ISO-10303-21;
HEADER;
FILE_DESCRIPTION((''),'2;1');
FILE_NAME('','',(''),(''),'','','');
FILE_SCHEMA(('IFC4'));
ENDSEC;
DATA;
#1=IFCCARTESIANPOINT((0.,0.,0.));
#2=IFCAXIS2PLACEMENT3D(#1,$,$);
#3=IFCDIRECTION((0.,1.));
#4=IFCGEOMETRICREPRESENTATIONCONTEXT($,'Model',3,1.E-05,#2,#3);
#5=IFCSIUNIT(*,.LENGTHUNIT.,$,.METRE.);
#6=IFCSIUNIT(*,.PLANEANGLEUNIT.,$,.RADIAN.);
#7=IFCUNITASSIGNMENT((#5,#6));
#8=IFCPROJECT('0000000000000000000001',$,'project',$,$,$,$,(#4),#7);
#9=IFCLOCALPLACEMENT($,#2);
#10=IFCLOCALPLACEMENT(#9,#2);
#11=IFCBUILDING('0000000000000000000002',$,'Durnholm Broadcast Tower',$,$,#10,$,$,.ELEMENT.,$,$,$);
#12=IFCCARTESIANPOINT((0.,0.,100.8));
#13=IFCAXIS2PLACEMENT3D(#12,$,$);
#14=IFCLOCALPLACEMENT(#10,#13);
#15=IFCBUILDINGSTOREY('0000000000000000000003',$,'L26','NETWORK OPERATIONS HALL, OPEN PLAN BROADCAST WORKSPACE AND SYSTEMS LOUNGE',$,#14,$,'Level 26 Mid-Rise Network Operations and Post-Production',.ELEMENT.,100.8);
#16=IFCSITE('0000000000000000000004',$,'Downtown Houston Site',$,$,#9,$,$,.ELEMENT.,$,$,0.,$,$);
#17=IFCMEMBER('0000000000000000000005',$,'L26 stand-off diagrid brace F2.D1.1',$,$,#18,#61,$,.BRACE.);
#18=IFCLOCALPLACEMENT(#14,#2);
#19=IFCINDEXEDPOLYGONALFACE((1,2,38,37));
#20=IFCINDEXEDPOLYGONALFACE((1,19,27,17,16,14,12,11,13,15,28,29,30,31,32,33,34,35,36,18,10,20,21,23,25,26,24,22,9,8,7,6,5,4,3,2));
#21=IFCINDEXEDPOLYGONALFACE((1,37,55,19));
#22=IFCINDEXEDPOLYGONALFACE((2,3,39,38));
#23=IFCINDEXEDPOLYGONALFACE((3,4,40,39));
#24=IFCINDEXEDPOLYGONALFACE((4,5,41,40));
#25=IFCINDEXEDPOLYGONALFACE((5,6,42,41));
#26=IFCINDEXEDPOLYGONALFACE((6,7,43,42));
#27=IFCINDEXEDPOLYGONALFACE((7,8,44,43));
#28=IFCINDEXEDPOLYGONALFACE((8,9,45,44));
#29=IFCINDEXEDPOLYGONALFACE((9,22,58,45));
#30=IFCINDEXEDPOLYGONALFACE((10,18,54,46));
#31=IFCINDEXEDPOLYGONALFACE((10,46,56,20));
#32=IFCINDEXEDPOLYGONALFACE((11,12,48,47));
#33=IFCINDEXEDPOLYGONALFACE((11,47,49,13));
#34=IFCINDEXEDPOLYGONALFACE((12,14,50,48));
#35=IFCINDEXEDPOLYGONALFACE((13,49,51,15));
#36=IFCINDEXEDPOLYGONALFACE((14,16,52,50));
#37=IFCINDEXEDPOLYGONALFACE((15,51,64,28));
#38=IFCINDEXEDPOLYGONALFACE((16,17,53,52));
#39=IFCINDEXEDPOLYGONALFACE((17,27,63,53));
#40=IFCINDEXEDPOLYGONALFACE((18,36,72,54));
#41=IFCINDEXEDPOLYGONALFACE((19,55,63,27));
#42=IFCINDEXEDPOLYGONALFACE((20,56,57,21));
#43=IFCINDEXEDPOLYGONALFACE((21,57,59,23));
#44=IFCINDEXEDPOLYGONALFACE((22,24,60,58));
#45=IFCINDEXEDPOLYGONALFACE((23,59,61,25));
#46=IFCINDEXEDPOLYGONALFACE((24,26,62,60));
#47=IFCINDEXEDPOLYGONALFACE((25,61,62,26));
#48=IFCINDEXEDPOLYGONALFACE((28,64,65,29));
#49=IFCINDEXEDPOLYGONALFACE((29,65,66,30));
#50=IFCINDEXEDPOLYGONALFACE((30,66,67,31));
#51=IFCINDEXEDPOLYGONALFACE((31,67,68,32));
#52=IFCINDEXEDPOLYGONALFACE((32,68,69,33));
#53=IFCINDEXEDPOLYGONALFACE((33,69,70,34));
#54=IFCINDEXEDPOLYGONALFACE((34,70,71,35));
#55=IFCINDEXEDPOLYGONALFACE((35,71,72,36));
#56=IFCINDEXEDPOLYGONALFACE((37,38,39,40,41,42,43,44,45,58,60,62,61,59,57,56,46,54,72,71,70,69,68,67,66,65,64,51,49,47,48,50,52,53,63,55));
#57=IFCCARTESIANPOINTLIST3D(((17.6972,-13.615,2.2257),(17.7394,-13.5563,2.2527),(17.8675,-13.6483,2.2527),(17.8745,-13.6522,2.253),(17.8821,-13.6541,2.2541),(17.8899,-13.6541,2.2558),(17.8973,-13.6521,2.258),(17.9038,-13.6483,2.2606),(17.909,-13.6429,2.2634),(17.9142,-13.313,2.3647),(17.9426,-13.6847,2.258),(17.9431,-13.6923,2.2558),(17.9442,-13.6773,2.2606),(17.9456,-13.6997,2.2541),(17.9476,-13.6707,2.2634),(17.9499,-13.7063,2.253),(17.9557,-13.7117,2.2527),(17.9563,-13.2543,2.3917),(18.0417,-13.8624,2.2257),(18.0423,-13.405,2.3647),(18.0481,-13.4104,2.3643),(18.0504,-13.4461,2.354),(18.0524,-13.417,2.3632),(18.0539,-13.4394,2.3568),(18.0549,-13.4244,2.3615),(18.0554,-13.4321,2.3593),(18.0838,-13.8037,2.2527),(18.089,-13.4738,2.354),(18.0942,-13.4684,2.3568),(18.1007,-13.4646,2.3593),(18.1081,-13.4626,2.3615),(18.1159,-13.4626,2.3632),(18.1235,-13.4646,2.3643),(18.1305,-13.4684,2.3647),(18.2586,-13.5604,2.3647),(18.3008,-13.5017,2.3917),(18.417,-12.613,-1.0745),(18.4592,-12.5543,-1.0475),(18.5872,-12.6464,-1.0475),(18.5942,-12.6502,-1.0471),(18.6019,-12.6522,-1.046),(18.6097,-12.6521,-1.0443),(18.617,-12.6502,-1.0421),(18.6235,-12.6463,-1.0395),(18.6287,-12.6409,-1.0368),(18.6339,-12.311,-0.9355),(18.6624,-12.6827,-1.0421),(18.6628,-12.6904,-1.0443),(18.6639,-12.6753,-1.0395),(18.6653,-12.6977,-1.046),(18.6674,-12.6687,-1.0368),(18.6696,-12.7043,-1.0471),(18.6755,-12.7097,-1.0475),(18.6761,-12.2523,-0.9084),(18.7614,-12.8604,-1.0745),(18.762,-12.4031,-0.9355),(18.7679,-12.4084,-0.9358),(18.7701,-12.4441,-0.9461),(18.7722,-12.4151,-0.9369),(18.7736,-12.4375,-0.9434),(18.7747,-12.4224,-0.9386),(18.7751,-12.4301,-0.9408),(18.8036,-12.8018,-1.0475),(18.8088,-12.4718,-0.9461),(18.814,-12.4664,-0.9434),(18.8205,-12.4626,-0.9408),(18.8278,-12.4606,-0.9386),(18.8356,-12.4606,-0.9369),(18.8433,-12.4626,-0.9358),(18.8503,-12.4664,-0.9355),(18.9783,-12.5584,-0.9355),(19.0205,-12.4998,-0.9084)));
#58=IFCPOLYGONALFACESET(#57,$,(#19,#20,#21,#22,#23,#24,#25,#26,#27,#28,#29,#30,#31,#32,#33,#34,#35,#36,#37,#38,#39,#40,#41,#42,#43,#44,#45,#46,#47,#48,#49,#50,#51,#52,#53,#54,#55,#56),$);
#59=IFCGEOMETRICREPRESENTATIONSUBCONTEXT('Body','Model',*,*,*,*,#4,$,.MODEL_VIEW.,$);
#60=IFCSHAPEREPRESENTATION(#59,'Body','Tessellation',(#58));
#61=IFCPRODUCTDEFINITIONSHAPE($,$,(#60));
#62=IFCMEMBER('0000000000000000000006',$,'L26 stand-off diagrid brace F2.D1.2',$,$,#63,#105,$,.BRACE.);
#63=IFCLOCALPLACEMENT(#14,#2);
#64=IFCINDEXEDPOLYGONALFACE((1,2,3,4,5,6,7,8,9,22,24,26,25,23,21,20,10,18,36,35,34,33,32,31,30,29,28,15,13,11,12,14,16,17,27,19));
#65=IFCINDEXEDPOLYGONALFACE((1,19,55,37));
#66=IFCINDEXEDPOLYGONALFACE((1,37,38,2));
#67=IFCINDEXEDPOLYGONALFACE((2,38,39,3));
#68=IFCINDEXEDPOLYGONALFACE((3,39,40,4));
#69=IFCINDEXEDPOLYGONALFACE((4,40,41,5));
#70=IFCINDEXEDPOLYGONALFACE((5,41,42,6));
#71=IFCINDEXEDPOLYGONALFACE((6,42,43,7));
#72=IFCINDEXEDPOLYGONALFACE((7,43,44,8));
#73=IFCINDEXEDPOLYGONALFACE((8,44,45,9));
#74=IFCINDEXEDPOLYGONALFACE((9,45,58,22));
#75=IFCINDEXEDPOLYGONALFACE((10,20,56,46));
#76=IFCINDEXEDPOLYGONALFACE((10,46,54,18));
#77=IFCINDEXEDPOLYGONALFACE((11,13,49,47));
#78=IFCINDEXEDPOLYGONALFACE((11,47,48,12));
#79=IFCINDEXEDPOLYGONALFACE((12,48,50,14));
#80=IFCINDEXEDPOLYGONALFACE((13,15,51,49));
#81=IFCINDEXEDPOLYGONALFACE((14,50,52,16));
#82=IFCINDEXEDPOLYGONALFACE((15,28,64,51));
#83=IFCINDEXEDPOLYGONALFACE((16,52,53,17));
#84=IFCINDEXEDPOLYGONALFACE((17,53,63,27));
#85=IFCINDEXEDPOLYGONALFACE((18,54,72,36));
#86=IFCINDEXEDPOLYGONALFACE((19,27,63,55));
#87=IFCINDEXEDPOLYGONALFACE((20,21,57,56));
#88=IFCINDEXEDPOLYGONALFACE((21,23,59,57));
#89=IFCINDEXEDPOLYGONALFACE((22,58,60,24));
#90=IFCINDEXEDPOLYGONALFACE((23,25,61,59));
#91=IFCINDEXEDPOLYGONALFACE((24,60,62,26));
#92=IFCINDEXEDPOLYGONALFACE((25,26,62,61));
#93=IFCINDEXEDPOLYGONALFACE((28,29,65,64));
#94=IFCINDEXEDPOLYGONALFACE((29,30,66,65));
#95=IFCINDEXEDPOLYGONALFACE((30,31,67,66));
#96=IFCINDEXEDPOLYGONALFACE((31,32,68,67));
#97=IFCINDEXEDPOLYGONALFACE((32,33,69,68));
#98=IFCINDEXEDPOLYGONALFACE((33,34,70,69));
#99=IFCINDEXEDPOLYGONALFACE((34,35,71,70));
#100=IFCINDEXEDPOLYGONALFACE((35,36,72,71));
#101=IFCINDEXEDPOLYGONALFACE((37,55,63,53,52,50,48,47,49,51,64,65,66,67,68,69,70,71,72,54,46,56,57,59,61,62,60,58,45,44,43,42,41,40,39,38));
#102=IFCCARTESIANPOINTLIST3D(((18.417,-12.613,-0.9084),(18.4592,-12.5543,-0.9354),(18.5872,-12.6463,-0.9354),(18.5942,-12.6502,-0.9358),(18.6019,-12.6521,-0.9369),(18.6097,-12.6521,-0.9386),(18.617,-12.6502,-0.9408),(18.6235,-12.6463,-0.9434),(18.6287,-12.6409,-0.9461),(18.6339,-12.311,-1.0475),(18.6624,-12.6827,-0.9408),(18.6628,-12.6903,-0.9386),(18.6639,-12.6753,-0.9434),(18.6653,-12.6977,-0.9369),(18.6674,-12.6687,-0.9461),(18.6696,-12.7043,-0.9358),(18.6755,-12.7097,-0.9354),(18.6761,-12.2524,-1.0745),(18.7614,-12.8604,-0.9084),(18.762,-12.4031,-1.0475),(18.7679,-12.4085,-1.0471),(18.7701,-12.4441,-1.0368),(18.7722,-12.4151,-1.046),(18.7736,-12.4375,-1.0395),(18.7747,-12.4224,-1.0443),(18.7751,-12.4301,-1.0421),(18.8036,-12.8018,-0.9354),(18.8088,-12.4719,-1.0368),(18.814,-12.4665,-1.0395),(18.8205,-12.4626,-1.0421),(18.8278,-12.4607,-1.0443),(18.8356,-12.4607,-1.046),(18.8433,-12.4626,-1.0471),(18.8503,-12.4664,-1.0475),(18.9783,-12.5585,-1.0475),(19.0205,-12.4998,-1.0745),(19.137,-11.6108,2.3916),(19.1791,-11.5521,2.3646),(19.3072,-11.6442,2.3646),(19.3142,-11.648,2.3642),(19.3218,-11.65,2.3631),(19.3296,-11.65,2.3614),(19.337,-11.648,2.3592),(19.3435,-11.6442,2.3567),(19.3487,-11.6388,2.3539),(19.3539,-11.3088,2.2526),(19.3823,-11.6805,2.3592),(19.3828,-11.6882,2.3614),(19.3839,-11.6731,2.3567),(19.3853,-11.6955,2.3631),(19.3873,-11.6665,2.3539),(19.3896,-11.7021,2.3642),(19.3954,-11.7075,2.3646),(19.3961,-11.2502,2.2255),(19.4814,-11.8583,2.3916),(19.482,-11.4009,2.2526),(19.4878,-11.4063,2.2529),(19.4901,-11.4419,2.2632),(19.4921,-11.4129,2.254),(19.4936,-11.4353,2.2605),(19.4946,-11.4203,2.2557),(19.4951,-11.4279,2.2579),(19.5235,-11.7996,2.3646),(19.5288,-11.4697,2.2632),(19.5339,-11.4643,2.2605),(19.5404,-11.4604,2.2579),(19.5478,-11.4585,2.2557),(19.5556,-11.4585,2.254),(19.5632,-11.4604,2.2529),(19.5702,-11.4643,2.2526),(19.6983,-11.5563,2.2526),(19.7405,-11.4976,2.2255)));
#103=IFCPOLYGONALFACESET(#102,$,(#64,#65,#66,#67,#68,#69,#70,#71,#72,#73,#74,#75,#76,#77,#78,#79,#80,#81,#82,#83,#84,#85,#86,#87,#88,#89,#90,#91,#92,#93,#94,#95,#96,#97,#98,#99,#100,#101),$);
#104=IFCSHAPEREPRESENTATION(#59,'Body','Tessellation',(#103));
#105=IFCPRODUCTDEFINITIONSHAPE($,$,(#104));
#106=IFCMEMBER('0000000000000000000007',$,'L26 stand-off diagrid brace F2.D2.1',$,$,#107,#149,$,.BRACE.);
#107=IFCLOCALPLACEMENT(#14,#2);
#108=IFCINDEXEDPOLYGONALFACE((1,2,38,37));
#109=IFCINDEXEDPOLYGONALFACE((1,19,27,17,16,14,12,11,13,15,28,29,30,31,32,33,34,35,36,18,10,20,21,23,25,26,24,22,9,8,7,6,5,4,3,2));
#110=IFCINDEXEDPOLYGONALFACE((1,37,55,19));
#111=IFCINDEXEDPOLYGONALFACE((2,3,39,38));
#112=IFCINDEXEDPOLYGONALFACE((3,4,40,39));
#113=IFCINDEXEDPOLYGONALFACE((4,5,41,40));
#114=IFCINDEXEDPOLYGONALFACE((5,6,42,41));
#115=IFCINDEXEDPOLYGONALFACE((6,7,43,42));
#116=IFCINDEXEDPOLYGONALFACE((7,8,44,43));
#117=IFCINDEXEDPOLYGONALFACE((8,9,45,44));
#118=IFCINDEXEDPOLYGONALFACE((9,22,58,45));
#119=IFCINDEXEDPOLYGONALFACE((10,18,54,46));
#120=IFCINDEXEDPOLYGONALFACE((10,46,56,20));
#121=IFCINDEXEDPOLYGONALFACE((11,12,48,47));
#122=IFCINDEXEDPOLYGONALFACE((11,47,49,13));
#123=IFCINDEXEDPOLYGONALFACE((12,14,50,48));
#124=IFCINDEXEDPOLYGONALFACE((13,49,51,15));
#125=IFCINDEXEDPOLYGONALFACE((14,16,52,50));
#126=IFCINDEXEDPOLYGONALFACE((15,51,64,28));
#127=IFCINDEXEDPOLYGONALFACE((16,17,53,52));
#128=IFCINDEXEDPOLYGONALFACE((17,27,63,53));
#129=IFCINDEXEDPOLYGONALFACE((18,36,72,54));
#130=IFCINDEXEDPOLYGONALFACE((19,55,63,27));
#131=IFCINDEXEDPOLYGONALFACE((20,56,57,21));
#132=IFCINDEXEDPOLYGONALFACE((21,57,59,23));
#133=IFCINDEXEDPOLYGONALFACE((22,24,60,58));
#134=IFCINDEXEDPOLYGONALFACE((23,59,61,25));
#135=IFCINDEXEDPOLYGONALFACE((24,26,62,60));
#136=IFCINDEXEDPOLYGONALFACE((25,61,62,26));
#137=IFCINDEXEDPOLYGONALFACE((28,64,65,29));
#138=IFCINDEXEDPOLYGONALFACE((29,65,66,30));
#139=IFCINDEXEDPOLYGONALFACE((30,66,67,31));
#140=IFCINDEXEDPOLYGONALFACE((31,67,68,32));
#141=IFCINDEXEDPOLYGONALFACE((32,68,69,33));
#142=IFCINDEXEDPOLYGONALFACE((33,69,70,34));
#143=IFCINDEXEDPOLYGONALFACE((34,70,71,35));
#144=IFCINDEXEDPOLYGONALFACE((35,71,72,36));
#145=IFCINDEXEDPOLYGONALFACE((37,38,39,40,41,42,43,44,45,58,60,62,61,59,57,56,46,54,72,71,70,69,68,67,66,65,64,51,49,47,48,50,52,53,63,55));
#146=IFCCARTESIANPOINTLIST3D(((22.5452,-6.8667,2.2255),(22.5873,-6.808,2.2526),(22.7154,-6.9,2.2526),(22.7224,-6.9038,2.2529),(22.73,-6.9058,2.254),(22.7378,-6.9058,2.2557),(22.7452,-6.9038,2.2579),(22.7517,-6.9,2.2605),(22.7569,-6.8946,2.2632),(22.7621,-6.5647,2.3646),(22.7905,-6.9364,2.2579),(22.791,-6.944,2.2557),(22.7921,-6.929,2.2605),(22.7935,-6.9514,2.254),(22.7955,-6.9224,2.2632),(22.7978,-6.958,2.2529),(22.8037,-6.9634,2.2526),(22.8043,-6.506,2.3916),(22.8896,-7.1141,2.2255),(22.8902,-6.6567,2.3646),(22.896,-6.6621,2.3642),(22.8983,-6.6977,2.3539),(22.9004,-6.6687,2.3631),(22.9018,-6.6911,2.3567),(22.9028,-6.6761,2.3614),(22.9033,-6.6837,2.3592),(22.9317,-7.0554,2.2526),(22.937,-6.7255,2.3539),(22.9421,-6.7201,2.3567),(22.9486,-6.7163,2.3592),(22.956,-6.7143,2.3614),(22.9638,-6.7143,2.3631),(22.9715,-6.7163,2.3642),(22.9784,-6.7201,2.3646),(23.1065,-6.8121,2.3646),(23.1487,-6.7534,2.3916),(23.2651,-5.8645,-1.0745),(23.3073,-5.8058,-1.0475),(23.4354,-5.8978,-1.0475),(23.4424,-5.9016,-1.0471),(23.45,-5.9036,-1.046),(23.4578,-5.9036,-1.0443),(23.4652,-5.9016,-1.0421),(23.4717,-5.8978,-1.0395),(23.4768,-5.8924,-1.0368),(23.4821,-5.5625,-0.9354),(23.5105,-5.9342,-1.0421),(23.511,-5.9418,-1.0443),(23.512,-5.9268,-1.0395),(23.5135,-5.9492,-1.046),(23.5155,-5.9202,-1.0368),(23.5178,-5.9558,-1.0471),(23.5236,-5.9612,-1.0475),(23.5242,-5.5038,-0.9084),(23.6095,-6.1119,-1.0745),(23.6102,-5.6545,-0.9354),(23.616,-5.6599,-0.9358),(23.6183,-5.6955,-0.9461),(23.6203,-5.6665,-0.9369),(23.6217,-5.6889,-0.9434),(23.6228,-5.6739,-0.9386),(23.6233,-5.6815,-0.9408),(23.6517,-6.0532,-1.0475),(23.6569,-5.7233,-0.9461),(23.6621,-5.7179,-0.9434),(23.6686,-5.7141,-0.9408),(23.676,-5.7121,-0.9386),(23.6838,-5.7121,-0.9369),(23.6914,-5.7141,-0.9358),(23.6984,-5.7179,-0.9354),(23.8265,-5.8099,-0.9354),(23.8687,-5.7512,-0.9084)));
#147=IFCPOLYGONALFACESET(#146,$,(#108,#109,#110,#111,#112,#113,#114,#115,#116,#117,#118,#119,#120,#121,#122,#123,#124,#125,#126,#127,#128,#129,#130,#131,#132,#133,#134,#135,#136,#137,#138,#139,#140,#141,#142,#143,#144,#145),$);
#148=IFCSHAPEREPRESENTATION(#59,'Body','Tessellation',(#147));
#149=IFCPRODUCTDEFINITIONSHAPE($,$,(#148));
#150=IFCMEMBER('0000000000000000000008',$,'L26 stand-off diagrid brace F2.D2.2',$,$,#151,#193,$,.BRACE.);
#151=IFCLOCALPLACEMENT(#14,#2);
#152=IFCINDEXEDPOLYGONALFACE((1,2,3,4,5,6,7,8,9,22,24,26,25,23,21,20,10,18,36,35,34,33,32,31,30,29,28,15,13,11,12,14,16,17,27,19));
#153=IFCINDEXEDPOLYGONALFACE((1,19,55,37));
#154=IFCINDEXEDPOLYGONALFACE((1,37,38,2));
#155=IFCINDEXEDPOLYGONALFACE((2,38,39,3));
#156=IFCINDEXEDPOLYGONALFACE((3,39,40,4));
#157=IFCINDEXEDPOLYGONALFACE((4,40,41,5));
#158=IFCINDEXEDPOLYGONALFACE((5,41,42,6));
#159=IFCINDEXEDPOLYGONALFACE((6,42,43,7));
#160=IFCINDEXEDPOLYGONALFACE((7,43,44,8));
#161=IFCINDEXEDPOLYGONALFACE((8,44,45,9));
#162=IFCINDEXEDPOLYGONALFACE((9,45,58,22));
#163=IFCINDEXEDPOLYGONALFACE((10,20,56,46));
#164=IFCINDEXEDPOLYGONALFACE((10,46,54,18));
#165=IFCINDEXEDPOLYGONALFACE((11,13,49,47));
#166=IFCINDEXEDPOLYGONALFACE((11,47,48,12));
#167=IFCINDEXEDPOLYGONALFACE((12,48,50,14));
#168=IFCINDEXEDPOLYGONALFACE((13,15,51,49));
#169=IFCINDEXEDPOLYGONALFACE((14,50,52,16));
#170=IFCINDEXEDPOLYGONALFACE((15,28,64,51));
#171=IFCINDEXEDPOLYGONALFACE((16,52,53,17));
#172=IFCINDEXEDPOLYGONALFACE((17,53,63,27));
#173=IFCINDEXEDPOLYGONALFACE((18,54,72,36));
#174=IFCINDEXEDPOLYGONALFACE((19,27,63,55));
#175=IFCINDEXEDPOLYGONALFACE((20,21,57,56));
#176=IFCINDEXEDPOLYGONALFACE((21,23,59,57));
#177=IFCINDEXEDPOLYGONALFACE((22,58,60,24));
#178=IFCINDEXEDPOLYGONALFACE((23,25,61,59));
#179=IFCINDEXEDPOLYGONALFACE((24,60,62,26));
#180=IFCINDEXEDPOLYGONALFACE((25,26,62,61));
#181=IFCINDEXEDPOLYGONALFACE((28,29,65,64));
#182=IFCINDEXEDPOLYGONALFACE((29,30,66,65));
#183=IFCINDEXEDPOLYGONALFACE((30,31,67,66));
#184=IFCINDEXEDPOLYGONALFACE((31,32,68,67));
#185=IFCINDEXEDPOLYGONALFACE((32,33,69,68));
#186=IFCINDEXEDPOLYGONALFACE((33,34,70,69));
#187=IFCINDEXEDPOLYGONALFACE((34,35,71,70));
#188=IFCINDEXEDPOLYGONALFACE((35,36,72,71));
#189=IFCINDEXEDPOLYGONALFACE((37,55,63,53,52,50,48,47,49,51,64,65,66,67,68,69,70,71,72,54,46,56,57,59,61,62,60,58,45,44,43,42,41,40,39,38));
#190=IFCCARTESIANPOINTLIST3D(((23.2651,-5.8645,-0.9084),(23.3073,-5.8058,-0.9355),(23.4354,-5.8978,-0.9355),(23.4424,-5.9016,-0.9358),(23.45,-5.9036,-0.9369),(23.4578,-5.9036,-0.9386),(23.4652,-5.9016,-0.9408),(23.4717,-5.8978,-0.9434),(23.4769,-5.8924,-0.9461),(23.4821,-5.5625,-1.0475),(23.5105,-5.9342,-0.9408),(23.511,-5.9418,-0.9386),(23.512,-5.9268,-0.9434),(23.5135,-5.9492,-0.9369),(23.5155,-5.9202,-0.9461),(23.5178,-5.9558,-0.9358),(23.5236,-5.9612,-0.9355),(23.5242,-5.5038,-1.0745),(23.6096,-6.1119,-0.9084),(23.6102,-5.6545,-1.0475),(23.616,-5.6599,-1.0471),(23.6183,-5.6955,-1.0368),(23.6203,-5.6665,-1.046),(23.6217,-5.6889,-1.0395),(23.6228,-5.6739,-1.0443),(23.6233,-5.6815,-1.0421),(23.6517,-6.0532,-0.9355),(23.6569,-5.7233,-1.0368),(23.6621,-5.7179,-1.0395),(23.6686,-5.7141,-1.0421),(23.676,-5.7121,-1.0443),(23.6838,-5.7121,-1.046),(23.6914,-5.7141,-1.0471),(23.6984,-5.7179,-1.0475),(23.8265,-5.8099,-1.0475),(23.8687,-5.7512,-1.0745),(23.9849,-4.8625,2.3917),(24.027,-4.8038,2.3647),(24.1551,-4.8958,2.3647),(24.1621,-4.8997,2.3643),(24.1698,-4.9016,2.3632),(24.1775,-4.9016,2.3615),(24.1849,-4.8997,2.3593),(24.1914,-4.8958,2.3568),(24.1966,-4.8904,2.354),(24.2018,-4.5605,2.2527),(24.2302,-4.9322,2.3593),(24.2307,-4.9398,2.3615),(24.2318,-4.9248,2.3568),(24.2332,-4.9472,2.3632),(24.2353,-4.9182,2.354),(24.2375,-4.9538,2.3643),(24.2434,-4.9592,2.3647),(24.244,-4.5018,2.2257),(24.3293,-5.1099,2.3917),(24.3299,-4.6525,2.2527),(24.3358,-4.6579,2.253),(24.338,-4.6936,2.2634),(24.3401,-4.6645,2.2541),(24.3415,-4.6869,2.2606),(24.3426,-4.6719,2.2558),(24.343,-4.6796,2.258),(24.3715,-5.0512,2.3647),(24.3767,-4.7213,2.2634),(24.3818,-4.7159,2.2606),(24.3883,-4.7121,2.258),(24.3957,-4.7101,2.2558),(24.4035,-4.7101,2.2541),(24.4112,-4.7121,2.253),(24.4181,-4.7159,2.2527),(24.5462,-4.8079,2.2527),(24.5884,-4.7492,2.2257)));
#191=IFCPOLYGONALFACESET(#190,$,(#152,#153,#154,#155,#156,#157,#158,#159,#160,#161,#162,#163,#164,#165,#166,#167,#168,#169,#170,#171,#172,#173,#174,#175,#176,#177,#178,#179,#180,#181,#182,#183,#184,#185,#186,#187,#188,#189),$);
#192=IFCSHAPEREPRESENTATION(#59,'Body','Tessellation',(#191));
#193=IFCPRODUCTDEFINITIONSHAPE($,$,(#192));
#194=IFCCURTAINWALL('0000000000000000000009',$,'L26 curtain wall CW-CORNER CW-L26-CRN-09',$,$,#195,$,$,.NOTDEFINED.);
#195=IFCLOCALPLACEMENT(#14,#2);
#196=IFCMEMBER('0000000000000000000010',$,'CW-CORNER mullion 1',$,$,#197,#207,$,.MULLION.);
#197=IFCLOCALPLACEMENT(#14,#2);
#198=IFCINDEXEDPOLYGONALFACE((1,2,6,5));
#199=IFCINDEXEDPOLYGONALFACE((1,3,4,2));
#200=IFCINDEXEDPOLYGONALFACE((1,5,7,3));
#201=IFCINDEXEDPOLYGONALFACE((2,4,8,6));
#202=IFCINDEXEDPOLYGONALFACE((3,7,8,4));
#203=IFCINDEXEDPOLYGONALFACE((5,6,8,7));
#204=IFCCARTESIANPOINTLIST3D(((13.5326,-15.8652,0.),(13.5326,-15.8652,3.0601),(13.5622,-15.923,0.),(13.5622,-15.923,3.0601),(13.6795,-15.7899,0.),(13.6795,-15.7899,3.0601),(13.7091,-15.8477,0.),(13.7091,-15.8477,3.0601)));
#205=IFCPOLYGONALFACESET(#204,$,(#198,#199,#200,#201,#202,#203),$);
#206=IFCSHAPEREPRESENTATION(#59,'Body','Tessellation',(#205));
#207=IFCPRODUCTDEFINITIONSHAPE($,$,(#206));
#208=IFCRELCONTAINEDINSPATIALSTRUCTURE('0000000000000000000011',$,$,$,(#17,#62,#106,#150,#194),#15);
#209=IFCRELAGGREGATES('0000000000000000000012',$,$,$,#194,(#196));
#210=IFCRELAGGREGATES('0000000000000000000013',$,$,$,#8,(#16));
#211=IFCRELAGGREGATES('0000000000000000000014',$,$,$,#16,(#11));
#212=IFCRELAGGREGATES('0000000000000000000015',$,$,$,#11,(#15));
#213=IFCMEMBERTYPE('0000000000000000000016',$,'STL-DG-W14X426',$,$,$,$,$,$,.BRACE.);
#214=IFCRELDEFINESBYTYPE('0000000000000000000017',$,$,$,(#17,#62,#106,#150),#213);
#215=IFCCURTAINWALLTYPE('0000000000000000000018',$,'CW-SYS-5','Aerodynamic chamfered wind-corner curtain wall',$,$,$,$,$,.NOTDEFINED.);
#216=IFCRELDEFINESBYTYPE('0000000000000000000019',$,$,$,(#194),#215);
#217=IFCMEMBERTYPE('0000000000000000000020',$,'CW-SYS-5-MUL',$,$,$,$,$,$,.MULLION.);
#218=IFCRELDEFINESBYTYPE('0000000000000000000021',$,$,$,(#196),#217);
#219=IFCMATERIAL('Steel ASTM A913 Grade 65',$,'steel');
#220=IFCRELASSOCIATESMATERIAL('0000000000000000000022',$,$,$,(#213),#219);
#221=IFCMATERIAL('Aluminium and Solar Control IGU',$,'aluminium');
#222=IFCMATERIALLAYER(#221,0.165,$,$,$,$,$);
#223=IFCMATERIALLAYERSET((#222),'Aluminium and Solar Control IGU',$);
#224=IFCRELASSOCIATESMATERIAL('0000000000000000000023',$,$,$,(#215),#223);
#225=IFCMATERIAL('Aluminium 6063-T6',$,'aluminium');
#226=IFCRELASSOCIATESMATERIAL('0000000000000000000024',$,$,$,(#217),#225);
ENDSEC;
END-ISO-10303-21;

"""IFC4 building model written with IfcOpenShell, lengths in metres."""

from ifc_helpers import new_model, si_unit, direction, frame, origin, origin_2d, place, context, subcontext, project, spatial, rectangle, i_section, extrude, source, transform, mapped, material, layer, layer_set, material_profile, profile_set, type_object, type_shapes, element, aggregate, save


model = new_model("IFC4")

# Units and contexts
model_context = context("Model", 3, precision=1e-05, world=origin(), true_north=direction((0.0, 1.0)))
body_context = subcontext(model_context, "Body", "Model", "MODEL_VIEW")
ifc_project = project(units=[si_unit("LENGTHUNIT", "METRE"), si_unit("PLANEANGLEUNIT", "RADIAN")], contexts=[model_context])

# Site, building, storey
site_placement = place(None, origin())
site = spatial("IfcSite", under=ifc_project, at=site_placement, Name="Downtown Houston Site", CompositionType="ELEMENT", RefElevation=0.0)
building_placement = place(site_placement, origin())
building = spatial("IfcBuilding", under=site, at=building_placement, Name="Durnholm Broadcast Tower", CompositionType="ELEMENT")
storey_placement = place(building_placement, frame((0.0, 0.0, 100.8)))
storey = spatial("IfcBuildingStorey", under=building, at=storey_placement, Name="L26", Description="NETWORK OPERATIONS HALL, OPEN PLAN BROADCAST WORKSPACE AND SYSTEMS LOUNGE", LongName="Level 26 Mid-Rise Network Operations and Post-Production", CompositionType="ELEMENT", Elevation=100.8)

# Members
ifc_material_1 = material(Name="Steel ASTM A913 Grade 65", Category="steel")
ifc_material_profile_1 = material_profile(ifc_material_1, i_section(OverallWidth=0.4241, OverallDepth=0.4741, WebThickness=0.0476, FlangeThickness=0.0771, FilletRadius=0.0305, at=origin_2d()), Name="W14X426")
ifc_profile_set_1 = profile_set([ifc_material_profile_1], Name="Steel ASTM A913 Grade 65")
member_type_1 = type_object("IfcMemberType", Name="STL-DG-W14X426", PredefinedType="BRACE", material=ifc_profile_set_1)
shared_shape_1 = source(origin(), body_context, "Body", "SweptSolid", [
    extrude(i_section(OverallWidth=0.4241, OverallDepth=0.4741, WebThickness=0.0476, FlangeThickness=0.0771, FilletRadius=0.0305, at=origin_2d()), origin(), (0.0, 0.0, 1.0), 3.5232),
])
type_shapes(member_type_1, [shared_shape_1])
for number, where, z_axis, x_axis, name in (
    (1, (18.7188, -12.5564, -0.9915), (-0.204288, -0.284395, 0.936689), (0.812179, -0.583408, 0.0), "L26 stand-off diagrid brace F2.D1.1"),
    (2, (18.7188, -12.5564, -0.9915), (0.20435, 0.284455, 0.936657), (-0.812153, 0.583444, 0.0), "L26 stand-off diagrid brace F2.D1.2"),
    (3, (23.5669, -5.8079, -0.9915), (-0.20435, -0.284455, 0.936657), (0.812153, -0.583444, 0.0), "L26 stand-off diagrid brace F2.D2.1"),
    (4, (23.5669, -5.8079, -0.9915), (0.204288, 0.284395, 0.936689), (-0.812179, 0.583408, 0.0), "L26 stand-off diagrid brace F2.D2.2"),
):
    element("IfcMember", number, at=place(storey_placement, frame(where, z_axis=z_axis, x_axis=x_axis)), inside=storey, type_object=member_type_1, Name=name, PredefinedType="BRACE", context=body_context, shape_type="MappedRepresentation", body=[
        mapped(shared_shape_1, transform((0.0, 0.0, 0.0), x_axis=(1.0, 0.0, 0.0), y_axis=(0.0, 1.0, 0.0), z_axis=(0.0, 0.0, 1.0), scale=1.0)),
    ])

# Curtain wall, member
ifc_material_2 = material(Name="Aluminium and Solar Control IGU", Category="aluminium")
ifc_layer_1 = layer(ifc_material_2, 0.165)
ifc_layer_set_1 = layer_set([ifc_layer_1], Name="Aluminium and Solar Control IGU")
curtain_wall_type_1 = type_object("IfcCurtainWallType", Name="CW-SYS-5", Description="Aerodynamic chamfered wind-corner curtain wall", PredefinedType="NOTDEFINED", material=ifc_layer_set_1)
curtain_wall_1_placement = place(storey_placement, origin())
curtain_wall_1 = element("IfcCurtainWall", 5, at=curtain_wall_1_placement, inside=storey, type_object=curtain_wall_type_1, Name="L26 curtain wall CW-CORNER CW-L26-CRN-09", PredefinedType="NOTDEFINED")
ifc_material_3 = material(Name="Aluminium 6063-T6", Category="aluminium")
ifc_material_profile_2 = material_profile(ifc_material_3, rectangle(XDim=0.0649, YDim=0.165, at=origin_2d()), Name="CWM65X165")
ifc_profile_set_2 = profile_set([ifc_material_profile_2], Name="Aluminium 6063-T6")
member_type_2 = type_object("IfcMemberType", Name="CW-SYS-5-MUL", PredefinedType="MULLION", material=ifc_profile_set_2)
shared_shape_2 = source(origin(), body_context, "Body", "SweptSolid", [
    extrude(rectangle(XDim=0.0649, YDim=0.165, at=origin_2d()), origin(), (0.0, 0.0, 1.0), 3.0601),
])
type_shapes(member_type_2, [shared_shape_2])
member_1_placement = place(storey_placement, frame((13.6208, -15.8564, 0.0), z_axis=(0.0, 0.0, 1.0), x_axis=(0.456373, -0.889788, 0.0)))
member_1 = element("IfcMember", 6, at=member_1_placement, type_object=member_type_2, Name="CW-CORNER mullion 1", PredefinedType="MULLION", context=body_context, shape_type="MappedRepresentation", body=[
    mapped(shared_shape_2, transform((0.0, 0.0, 0.0), x_axis=(1.0, 0.0, 0.0), y_axis=(0.0, 1.0, 0.0), z_axis=(0.0, 0.0, 1.0), scale=1.0)),
])

aggregate(curtain_wall_1, [member_1])

save(model, "model.ifc")
